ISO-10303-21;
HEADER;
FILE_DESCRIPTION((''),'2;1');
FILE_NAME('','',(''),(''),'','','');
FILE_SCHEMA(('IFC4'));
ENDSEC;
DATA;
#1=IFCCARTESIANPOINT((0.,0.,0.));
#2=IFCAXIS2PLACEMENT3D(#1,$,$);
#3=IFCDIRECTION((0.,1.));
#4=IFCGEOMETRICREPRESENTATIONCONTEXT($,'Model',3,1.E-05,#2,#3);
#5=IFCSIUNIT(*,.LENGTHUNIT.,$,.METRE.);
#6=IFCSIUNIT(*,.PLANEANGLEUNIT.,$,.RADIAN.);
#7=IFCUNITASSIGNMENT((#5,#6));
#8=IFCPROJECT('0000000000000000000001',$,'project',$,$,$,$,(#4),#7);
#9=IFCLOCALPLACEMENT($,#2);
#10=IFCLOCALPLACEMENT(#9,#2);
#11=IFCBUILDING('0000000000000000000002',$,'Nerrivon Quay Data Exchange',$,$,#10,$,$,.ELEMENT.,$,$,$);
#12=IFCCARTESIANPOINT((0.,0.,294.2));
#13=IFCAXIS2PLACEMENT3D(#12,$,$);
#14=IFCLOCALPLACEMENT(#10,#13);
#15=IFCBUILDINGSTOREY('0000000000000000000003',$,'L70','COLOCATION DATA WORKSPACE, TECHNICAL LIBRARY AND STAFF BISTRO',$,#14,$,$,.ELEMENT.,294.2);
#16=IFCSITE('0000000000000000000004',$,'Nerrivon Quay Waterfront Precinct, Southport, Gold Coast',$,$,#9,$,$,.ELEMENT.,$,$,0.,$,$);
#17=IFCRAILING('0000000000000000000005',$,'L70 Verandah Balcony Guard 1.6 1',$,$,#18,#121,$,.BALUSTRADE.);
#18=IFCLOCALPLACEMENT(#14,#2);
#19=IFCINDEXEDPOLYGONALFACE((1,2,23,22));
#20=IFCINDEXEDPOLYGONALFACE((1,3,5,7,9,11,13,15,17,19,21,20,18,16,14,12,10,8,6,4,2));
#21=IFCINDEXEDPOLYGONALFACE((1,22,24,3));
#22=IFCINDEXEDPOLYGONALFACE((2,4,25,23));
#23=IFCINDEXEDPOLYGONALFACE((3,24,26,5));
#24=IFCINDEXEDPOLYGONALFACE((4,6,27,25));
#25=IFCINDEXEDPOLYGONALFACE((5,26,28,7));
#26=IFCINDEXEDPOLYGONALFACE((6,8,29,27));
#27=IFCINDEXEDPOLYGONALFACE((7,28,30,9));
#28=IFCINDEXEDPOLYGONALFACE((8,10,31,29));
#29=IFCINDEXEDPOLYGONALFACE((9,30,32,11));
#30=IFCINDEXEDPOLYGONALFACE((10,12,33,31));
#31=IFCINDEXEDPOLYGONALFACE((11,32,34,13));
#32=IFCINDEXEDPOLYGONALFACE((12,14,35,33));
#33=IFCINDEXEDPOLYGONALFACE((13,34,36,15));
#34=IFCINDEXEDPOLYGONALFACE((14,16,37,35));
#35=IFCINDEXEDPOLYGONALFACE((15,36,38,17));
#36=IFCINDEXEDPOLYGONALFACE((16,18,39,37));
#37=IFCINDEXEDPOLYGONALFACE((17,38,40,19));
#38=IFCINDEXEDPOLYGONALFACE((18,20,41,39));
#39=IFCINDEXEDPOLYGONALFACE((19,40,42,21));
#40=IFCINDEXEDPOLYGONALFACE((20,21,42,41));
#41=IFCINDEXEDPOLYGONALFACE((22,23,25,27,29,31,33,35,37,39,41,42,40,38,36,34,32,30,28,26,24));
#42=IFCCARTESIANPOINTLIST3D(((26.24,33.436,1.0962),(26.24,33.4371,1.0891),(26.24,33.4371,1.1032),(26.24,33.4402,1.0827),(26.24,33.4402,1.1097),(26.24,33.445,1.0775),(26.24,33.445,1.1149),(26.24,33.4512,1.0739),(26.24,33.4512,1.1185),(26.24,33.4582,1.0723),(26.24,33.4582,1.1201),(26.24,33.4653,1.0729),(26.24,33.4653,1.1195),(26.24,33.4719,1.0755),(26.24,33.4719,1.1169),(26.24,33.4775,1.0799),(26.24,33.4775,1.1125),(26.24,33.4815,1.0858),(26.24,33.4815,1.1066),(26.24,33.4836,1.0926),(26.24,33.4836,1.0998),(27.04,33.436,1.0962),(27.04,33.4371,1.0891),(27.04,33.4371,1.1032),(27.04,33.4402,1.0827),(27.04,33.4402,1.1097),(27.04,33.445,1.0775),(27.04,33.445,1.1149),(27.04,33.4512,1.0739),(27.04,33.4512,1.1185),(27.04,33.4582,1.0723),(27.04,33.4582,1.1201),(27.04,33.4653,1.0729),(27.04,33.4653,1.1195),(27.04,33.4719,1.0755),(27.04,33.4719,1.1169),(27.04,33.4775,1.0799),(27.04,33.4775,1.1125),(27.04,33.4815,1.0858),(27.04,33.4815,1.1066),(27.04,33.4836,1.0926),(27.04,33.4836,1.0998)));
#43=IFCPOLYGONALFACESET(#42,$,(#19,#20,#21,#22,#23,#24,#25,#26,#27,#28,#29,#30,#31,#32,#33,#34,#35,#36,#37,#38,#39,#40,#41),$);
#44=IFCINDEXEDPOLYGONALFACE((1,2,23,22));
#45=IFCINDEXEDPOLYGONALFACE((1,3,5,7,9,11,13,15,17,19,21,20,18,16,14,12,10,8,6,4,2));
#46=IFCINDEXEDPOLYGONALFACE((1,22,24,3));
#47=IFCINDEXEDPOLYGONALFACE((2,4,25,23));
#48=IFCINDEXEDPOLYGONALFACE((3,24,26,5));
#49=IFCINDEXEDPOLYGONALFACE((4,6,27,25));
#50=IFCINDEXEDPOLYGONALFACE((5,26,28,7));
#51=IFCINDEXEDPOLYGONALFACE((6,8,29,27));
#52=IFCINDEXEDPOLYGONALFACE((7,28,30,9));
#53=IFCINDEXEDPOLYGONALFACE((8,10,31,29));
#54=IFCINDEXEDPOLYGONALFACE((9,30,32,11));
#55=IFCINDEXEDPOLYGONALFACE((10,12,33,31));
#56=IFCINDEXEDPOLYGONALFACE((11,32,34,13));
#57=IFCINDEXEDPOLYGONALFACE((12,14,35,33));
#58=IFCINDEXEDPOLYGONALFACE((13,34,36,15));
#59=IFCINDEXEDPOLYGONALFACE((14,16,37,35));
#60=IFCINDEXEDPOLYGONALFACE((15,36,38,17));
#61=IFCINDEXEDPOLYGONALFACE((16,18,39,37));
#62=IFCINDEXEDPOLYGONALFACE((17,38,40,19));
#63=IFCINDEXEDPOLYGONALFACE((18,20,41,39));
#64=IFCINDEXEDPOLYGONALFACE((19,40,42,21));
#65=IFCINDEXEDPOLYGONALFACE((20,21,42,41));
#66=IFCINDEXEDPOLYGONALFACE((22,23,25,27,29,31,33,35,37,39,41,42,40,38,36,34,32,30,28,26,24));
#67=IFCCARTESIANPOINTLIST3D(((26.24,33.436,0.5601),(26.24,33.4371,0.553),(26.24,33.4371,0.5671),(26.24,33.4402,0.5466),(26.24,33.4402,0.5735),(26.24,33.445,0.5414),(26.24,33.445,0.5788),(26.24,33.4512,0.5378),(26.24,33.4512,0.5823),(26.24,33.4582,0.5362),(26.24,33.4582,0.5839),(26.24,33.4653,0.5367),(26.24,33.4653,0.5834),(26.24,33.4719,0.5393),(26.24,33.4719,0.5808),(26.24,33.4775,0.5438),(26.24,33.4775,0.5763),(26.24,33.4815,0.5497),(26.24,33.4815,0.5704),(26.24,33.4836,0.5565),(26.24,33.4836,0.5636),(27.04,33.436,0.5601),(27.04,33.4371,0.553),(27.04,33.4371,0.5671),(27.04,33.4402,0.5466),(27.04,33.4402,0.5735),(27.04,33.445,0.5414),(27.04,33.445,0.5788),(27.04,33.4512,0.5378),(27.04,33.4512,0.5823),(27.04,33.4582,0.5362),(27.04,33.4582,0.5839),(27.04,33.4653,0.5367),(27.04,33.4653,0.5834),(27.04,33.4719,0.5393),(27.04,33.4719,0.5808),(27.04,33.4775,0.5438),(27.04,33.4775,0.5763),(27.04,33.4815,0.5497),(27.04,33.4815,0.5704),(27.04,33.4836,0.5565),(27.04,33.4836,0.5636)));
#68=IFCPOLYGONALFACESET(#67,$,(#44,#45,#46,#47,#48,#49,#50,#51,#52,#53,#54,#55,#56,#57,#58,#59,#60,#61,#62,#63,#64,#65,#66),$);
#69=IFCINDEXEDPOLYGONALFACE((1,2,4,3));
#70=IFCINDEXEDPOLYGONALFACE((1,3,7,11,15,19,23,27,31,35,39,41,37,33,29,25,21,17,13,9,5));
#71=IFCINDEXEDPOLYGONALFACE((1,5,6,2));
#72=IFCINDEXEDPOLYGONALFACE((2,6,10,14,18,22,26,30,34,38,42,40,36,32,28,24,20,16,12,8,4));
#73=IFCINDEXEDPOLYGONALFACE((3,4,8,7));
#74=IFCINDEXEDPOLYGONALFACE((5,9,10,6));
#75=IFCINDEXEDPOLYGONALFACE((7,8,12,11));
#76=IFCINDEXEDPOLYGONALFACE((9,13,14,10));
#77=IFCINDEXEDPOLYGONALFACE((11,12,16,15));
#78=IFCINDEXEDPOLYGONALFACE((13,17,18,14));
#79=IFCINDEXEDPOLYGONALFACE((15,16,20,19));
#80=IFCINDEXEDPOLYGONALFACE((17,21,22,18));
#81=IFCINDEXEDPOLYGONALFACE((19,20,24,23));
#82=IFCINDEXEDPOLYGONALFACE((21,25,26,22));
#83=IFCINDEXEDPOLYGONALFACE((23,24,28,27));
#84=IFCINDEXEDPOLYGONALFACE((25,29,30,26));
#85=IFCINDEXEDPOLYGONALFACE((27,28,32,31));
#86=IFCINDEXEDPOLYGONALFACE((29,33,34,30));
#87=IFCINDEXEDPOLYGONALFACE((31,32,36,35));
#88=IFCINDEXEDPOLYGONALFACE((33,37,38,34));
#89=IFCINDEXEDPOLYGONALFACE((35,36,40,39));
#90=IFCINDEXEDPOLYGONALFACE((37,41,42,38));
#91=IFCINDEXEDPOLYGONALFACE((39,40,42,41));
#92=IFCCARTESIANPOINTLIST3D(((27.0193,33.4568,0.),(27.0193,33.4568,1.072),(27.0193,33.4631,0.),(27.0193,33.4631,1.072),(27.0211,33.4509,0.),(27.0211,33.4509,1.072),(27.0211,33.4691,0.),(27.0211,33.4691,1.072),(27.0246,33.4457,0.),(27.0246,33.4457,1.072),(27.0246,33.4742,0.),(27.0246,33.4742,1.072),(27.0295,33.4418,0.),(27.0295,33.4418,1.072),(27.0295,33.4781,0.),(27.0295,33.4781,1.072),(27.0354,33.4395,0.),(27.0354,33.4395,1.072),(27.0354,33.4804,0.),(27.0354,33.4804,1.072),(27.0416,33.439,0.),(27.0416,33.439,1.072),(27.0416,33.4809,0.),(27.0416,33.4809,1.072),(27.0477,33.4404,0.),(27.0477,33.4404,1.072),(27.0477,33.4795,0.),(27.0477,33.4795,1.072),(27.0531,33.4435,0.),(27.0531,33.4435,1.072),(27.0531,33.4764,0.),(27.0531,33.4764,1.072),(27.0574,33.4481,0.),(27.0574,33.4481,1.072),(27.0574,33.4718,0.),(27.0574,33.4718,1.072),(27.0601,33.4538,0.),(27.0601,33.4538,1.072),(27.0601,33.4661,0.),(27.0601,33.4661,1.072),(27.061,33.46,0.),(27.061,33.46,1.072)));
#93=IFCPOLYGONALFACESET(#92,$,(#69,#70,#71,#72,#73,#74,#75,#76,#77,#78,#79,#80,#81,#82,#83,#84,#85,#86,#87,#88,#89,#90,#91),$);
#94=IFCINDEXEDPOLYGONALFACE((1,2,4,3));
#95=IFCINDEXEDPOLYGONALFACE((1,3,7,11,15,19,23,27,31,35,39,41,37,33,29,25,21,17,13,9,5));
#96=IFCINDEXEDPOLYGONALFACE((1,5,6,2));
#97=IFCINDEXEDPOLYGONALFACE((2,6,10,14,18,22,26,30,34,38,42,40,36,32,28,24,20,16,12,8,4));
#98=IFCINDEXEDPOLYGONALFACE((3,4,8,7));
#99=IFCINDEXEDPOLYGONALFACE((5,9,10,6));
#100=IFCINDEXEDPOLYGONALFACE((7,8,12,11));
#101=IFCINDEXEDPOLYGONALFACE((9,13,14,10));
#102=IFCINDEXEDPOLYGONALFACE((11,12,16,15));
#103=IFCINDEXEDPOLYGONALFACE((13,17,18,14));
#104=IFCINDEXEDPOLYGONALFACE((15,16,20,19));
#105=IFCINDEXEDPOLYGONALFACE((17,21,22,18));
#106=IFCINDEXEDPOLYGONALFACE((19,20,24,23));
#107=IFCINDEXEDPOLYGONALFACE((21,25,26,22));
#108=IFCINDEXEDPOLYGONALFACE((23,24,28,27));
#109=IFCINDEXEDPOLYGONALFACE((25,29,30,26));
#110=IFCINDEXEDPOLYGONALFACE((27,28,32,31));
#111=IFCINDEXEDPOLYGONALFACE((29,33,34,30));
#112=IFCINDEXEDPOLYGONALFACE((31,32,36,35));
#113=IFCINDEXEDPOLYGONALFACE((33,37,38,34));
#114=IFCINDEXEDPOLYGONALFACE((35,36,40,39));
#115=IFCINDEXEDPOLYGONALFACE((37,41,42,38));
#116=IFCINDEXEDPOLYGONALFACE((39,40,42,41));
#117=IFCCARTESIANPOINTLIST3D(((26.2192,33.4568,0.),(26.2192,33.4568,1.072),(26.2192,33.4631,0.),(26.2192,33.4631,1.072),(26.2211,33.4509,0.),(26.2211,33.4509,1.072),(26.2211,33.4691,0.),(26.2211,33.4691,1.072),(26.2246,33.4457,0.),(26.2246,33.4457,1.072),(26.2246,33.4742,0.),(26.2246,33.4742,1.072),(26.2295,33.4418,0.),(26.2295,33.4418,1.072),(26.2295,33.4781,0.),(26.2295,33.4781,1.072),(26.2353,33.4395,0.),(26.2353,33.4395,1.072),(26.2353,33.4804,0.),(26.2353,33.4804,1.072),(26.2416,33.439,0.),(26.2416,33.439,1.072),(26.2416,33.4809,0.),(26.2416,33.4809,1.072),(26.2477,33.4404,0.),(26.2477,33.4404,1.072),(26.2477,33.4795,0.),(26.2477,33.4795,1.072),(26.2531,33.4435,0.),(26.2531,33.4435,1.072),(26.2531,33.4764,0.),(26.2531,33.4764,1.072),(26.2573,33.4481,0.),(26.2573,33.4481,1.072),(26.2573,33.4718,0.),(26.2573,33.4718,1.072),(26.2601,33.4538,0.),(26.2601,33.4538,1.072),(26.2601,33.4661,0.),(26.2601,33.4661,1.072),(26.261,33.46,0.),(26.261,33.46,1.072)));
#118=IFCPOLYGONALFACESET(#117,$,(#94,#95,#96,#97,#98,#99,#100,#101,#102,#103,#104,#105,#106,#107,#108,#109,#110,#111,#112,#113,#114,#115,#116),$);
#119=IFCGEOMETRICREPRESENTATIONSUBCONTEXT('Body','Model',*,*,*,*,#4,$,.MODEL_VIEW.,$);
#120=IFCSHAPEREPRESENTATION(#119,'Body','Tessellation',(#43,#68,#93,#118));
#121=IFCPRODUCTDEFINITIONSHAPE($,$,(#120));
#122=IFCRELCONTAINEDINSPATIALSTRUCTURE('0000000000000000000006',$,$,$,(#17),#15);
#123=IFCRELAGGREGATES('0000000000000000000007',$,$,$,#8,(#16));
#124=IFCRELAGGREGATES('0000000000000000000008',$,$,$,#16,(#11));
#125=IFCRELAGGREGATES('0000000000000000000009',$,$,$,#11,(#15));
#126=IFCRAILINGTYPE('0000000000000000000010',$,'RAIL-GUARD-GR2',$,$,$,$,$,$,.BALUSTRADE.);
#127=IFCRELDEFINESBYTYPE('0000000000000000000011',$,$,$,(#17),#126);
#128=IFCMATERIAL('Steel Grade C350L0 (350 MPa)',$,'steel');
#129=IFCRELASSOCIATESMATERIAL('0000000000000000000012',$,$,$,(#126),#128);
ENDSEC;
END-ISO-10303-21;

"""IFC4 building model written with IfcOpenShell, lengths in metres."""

from ifc_helpers import new_model, si_unit, direction, frame, origin, origin_2d, place, context, subcontext, project, spatial, circle, extrude, material, type_object, element, save


model = new_model("IFC4")

# Units and contexts
model_context = context("Model", 3, precision=1e-05, world=origin(), true_north=direction((0.0, 1.0)))
body_context = subcontext(model_context, "Body", "Model", "MODEL_VIEW")
ifc_project = project(units=[si_unit("LENGTHUNIT", "METRE"), si_unit("PLANEANGLEUNIT", "RADIAN")], contexts=[model_context])

# Site, building, storey
site_placement = place(None, origin())
site = spatial("IfcSite", under=ifc_project, at=site_placement, Name="Nerrivon Quay Waterfront Precinct, Southport, Gold Coast", CompositionType="ELEMENT", RefElevation=0.0)
building_placement = place(site_placement, origin())
building = spatial("IfcBuilding", under=site, at=building_placement, Name="Nerrivon Quay Data Exchange", CompositionType="ELEMENT")
storey_placement = place(building_placement, frame((0.0, 0.0, 294.2)))
storey = spatial("IfcBuildingStorey", under=building, at=storey_placement, Name="L70", Description="COLOCATION DATA WORKSPACE, TECHNICAL LIBRARY AND STAFF BISTRO", CompositionType="ELEMENT", Elevation=294.2)

# Railing
ifc_material_1 = material(Name="Steel Grade C350L0 (350 MPa)", Category="steel")
railing_type = type_object("IfcRailingType", Name="RAIL-GUARD-GR2", PredefinedType="BALUSTRADE", material=ifc_material_1)
railing_1_placement = place(storey_placement, frame((27.04, 33.46, 0.0)))
element("IfcRailing", 1, at=railing_1_placement, inside=storey, type_object=railing_type, Name="L70 Verandah Balcony Guard 1.6 1", PredefinedType="BALUSTRADE", context=body_context, shape_type="SweptSolid", body=[
    extrude(circle(Radius=0.0239, at=origin_2d()), frame((0.0, 0.0, 1.0962), z_axis=(-1.0, 0.0, 0.0), x_axis=(0.0, -1.0, 0.0)), (0.0, 0.0, 1.0), 0.8),
    extrude(circle(Radius=0.0239, at=origin_2d()), frame((0.0, 0.0, 0.5601), z_axis=(-1.0, 0.0, 0.0), x_axis=(0.0, -1.0, 0.0)), (0.0, 0.0, 1.0), 0.8),
    extrude(circle(Radius=0.021, at=origin_2d()), origin(), (0.0, 0.0, 1.0), 1.072),
    extrude(circle(Radius=0.021, at=origin_2d()), frame((-0.8, 0.0, 0.0)), (0.0, 0.0, 1.0), 1.072),
])

save(model, "model.ifc")
